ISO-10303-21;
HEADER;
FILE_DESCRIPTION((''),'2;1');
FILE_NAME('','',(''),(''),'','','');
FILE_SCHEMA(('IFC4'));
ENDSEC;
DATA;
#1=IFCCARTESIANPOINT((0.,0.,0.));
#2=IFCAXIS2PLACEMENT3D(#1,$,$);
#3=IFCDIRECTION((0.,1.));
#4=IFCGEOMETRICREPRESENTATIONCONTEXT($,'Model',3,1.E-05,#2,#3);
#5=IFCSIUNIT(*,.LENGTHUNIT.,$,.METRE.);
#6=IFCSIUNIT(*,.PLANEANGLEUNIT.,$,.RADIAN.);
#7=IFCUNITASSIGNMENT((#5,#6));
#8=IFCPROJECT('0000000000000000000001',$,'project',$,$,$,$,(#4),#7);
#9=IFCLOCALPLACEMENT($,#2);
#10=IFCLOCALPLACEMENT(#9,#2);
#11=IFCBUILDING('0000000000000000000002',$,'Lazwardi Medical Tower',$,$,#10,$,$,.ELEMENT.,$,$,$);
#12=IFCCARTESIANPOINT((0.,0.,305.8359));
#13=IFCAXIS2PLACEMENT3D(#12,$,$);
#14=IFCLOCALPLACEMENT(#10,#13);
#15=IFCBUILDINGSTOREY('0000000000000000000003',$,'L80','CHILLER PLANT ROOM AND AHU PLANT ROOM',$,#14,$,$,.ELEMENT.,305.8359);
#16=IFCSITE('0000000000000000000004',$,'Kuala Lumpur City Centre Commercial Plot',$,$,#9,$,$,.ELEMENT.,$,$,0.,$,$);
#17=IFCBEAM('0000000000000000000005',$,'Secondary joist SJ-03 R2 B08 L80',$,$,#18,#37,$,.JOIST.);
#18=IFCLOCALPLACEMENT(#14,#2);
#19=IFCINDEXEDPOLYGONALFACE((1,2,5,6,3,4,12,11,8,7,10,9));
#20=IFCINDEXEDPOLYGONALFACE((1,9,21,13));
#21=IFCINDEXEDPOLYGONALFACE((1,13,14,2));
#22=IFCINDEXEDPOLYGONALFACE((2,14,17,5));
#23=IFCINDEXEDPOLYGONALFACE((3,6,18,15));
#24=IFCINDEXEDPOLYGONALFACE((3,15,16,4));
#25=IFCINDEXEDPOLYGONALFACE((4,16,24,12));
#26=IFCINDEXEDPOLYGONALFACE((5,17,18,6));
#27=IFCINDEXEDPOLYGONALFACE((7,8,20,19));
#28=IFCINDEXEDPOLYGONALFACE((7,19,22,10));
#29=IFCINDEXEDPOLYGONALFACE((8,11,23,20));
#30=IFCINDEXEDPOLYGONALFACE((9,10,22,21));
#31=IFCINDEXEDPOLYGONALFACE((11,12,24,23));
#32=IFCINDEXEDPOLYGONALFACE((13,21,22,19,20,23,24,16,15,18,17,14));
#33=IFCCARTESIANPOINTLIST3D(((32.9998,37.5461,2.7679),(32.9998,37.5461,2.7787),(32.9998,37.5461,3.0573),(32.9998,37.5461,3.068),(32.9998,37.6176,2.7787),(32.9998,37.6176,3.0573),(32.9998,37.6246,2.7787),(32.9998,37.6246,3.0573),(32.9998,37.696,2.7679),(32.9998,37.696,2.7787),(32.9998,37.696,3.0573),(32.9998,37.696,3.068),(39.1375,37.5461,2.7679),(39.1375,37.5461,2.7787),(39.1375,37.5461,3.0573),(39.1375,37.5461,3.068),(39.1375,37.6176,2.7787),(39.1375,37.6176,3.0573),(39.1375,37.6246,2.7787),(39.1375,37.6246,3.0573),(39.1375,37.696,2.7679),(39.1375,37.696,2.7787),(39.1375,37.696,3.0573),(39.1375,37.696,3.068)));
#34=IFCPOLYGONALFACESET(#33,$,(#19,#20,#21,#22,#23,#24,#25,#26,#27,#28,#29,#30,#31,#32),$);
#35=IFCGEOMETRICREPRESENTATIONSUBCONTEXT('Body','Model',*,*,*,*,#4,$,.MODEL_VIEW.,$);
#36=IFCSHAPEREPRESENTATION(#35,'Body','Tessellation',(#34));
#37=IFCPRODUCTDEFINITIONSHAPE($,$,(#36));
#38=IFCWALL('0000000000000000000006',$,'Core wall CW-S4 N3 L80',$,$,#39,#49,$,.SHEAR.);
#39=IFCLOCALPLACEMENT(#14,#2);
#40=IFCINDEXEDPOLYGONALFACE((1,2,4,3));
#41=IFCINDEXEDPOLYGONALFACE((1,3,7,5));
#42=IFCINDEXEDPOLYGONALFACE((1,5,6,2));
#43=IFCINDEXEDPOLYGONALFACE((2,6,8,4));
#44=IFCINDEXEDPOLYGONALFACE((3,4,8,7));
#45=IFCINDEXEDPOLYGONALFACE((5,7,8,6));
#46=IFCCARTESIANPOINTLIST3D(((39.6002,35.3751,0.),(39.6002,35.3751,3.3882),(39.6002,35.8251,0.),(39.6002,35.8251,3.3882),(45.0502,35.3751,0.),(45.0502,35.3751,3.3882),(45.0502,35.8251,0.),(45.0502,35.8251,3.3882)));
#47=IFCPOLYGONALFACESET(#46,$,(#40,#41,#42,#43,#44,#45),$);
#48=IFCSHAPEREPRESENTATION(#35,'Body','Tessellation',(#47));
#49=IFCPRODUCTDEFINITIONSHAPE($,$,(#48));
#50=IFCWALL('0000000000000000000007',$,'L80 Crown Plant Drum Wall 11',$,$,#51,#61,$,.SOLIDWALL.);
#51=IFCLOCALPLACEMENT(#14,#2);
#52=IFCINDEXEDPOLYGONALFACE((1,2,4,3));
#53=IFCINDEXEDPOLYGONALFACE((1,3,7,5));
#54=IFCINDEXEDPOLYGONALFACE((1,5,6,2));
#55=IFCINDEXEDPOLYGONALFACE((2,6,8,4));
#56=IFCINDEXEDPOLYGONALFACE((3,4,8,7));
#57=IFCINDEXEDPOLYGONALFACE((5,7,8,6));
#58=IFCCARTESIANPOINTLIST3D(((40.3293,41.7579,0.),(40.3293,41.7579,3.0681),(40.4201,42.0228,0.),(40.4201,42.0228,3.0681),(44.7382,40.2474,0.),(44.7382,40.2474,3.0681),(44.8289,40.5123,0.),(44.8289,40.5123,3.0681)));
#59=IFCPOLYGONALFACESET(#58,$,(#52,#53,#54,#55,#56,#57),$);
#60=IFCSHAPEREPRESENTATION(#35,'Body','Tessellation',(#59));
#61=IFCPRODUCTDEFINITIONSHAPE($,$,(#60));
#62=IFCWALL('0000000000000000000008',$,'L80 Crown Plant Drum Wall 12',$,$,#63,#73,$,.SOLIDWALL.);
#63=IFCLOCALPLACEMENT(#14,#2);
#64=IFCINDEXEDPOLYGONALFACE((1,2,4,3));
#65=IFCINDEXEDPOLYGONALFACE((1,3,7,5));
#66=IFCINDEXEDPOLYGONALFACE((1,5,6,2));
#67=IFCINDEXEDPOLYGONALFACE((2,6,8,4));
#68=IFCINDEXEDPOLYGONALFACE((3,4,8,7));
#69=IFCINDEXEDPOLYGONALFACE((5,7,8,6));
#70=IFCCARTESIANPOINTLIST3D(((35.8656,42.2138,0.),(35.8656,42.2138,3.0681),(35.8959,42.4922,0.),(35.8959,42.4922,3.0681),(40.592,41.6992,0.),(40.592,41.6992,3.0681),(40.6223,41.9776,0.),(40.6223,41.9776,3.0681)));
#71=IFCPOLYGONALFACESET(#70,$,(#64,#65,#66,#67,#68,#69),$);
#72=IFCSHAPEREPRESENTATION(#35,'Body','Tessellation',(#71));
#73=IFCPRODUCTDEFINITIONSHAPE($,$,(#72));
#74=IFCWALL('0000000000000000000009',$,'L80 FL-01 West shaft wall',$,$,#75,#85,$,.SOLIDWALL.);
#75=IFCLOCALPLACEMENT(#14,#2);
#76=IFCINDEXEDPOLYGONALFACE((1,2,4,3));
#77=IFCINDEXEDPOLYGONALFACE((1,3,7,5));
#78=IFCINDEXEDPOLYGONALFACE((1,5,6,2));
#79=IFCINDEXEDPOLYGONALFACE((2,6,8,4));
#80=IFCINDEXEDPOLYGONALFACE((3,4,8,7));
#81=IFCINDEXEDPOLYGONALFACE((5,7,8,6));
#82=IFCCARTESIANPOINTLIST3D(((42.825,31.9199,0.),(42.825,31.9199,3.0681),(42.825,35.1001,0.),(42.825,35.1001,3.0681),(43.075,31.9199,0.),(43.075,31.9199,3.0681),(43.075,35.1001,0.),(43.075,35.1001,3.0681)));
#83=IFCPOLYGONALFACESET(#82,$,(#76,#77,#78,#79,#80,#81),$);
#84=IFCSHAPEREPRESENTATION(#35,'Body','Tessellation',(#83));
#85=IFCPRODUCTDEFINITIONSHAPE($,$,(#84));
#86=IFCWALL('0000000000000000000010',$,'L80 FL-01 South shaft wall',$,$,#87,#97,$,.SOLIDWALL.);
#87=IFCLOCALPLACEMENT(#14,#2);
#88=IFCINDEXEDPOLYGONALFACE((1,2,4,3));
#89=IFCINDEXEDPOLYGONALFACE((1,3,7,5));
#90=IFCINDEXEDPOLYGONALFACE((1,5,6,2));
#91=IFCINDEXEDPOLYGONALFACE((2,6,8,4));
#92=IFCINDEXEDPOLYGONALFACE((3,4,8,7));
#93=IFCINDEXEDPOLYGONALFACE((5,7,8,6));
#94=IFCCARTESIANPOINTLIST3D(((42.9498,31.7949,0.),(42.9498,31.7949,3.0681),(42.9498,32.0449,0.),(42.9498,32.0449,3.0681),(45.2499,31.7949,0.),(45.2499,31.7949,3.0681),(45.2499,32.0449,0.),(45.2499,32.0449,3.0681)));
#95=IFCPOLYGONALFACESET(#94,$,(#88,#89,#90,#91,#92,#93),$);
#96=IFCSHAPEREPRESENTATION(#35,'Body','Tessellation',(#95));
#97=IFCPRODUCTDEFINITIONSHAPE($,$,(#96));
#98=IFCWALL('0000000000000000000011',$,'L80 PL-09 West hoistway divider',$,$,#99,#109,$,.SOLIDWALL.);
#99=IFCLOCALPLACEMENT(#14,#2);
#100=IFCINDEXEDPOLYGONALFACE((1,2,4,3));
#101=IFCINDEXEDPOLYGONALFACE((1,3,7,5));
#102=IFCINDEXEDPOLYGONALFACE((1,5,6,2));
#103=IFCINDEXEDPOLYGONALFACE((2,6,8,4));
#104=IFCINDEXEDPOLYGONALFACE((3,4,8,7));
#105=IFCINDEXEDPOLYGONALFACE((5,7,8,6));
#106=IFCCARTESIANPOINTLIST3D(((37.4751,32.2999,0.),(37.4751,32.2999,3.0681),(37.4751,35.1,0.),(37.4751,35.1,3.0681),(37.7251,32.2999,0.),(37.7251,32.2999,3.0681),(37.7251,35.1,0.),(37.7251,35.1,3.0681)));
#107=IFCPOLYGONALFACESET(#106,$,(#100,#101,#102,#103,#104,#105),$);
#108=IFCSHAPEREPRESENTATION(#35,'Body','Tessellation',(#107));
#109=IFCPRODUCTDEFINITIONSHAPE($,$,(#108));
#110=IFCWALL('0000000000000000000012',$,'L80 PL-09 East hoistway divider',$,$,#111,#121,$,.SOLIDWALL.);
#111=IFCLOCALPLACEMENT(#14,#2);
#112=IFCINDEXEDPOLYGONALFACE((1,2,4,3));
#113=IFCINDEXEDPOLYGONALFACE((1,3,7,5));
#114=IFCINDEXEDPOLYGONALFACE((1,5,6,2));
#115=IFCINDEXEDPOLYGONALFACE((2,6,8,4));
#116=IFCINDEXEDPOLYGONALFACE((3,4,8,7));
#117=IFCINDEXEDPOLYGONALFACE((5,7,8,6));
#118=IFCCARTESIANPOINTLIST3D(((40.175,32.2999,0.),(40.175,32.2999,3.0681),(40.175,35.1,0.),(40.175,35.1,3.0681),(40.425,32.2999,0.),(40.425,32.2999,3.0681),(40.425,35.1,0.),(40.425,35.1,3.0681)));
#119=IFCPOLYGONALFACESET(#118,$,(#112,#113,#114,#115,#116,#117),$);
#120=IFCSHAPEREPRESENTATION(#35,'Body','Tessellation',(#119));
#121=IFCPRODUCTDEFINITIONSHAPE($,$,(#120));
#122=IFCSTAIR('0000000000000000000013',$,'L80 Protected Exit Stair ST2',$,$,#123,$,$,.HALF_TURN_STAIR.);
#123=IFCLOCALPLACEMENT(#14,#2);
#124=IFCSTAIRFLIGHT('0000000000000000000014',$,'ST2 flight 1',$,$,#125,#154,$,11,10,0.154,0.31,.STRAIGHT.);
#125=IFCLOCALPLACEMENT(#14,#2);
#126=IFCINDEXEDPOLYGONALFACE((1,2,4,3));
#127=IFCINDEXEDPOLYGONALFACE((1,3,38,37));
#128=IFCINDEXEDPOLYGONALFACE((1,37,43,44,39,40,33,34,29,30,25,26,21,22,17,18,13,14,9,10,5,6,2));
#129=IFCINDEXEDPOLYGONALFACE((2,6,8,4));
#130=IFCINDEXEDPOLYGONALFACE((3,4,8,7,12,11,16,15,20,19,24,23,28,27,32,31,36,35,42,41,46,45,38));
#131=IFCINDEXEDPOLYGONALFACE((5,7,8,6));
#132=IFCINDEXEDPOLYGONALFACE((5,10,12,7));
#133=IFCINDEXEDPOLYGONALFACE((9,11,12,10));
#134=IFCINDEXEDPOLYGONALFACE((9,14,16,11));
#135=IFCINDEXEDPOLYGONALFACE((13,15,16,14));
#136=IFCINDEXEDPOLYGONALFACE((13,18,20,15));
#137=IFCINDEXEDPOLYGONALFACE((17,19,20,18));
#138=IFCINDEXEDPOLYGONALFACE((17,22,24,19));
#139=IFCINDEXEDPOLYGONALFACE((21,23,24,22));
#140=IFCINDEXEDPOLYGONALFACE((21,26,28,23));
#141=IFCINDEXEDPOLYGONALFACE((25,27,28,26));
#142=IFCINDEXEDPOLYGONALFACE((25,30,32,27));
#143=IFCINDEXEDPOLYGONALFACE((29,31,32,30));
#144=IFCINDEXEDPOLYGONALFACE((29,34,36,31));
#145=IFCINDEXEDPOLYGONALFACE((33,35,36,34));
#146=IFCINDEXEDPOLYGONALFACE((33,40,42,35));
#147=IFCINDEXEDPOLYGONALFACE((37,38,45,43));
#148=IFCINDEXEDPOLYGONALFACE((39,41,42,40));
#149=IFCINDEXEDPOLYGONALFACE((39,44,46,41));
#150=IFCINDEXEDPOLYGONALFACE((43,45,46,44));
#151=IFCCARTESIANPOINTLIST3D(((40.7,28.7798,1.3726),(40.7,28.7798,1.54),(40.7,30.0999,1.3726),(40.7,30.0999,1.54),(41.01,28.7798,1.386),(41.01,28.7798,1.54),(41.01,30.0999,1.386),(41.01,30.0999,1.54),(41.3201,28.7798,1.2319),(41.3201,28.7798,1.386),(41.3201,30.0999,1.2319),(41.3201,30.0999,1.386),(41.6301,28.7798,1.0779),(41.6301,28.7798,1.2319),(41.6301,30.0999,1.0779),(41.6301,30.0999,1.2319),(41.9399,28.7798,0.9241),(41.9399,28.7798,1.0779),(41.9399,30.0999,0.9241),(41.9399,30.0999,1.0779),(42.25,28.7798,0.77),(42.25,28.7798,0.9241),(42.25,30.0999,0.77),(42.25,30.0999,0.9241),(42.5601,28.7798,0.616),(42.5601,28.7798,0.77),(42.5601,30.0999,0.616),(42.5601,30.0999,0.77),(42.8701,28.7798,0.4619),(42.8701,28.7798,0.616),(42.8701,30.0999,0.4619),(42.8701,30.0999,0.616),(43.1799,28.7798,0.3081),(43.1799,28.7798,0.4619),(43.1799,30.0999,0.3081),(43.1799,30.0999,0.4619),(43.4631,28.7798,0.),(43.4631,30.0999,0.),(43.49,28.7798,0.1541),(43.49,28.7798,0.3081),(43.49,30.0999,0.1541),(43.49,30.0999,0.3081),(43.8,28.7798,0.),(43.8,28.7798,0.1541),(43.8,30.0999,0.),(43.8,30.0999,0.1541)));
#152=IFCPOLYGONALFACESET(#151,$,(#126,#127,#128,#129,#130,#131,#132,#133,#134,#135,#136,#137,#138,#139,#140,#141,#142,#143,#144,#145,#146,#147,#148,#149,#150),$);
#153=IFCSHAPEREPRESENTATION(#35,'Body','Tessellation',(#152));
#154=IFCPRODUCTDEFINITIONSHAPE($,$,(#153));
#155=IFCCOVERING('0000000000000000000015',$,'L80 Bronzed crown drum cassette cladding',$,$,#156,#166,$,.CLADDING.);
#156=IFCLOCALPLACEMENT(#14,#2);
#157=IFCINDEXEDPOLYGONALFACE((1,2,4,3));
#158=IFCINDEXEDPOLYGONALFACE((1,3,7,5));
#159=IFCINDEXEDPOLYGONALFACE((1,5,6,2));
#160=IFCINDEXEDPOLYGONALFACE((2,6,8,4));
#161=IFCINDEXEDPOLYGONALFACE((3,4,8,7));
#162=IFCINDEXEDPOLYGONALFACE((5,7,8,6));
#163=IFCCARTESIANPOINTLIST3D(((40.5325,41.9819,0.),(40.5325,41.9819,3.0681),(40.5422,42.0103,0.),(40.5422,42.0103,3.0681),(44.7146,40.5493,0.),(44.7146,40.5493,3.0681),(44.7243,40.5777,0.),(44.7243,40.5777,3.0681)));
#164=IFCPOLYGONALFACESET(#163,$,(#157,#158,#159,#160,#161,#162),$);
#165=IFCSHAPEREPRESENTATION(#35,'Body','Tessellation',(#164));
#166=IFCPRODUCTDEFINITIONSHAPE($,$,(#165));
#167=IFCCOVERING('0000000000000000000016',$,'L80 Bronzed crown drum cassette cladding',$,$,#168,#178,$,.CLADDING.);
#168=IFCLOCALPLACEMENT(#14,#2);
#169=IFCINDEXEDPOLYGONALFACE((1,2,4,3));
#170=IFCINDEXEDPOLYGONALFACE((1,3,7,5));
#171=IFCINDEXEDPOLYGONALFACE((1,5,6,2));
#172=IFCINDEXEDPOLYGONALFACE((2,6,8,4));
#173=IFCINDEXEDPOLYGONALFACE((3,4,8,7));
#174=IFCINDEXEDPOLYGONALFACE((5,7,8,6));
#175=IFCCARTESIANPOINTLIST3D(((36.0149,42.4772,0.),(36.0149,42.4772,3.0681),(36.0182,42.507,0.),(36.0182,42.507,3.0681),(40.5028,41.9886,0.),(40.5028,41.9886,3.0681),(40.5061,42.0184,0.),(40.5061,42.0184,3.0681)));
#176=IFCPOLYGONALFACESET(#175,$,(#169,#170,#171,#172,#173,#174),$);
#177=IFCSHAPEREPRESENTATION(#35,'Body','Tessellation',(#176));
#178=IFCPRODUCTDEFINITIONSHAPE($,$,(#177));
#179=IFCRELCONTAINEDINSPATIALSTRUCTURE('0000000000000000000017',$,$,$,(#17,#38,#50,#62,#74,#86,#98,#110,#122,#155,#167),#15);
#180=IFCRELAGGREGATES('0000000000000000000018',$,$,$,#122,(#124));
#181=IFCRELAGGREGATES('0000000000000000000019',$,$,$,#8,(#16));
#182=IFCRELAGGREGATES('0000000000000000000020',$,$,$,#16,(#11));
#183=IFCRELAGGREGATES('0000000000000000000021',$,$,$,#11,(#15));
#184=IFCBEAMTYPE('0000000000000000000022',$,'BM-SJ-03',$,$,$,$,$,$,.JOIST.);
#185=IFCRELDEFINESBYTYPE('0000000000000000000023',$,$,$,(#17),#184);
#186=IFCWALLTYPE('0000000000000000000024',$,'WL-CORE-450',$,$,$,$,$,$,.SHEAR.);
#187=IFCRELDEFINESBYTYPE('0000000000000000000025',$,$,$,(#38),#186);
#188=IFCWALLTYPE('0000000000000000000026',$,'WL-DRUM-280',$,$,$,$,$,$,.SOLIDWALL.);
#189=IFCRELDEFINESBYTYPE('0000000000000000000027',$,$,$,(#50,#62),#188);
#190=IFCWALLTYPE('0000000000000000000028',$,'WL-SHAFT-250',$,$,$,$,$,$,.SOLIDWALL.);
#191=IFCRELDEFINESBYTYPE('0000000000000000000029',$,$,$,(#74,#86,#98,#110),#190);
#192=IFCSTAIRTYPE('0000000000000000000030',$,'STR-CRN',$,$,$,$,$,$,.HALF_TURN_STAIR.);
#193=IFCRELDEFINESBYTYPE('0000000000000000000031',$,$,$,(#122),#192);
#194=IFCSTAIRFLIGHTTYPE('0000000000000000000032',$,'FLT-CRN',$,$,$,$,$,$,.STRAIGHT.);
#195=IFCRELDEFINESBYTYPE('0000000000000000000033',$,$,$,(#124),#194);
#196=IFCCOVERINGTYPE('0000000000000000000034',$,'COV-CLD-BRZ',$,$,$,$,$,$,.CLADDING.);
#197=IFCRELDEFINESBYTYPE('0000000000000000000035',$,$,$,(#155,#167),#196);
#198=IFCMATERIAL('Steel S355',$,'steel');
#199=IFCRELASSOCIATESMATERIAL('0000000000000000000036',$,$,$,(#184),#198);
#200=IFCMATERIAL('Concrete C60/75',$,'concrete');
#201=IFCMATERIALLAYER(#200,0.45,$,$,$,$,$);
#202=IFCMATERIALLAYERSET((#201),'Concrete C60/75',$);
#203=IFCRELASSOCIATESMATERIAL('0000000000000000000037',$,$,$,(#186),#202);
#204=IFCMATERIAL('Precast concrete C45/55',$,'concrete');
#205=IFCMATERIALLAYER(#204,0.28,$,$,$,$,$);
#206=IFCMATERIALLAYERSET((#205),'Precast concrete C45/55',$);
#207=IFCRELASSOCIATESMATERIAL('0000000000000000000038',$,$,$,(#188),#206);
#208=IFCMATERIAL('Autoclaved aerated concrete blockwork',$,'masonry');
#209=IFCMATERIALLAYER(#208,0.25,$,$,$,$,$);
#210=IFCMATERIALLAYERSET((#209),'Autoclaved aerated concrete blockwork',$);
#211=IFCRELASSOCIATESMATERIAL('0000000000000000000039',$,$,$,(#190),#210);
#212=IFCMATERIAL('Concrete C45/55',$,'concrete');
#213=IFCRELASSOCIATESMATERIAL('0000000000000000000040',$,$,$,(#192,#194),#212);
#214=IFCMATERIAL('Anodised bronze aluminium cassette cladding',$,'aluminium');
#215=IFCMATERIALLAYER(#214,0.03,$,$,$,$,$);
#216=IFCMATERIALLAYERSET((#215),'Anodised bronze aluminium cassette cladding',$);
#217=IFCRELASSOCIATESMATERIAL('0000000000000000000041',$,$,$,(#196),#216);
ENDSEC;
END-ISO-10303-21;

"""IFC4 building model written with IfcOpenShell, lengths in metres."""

from ifc_helpers import new_model, si_unit, direction, frame, frame_2d, origin, origin_2d, place, context, subcontext, project, spatial, polyline, rectangle, i_section, outline, extrude, material, layer, layer_set, material_profile, profile_set, type_object, element, aggregate, save


model = new_model("IFC4")

# Units and contexts
model_context = context("Model", 3, precision=1e-05, world=origin(), true_north=direction((0.0, 1.0)))
body_context = subcontext(model_context, "Body", "Model", "MODEL_VIEW")
ifc_project = project(units=[si_unit("LENGTHUNIT", "METRE"), si_unit("PLANEANGLEUNIT", "RADIAN")], contexts=[model_context])

# Site, building, storey
site_placement = place(None, origin())
site = spatial("IfcSite", under=ifc_project, at=site_placement, Name="Kuala Lumpur City Centre Commercial Plot", CompositionType="ELEMENT", RefElevation=0.0)
building_placement = place(site_placement, origin())
building = spatial("IfcBuilding", under=site, at=building_placement, Name="Lazwardi Medical Tower", CompositionType="ELEMENT")
storey_placement = place(building_placement, frame((0.0, 0.0, 305.8359)))
storey = spatial("IfcBuildingStorey", under=building, at=storey_placement, Name="L80", Description="CHILLER PLANT ROOM AND AHU PLANT ROOM", CompositionType="ELEMENT", Elevation=305.8359)

# Shared definitions
ifc_material_1 = material(Name="Concrete C60/75", Category="concrete")

# Beam
ifc_material_2 = material(Name="Steel S355", Category="steel")
ifc_material_profile_1 = material_profile(ifc_material_2, i_section(OverallWidth=0.1499, OverallDepth=0.3, WebThickness=0.0071, FlangeThickness=0.0107, at=origin_2d()), Name="IPE 300")
ifc_profile_set_1 = profile_set([ifc_material_profile_1], Name="Steel S355")
beam_type_1 = type_object("IfcBeamType", Name="BM-SJ-03", PredefinedType="JOIST", material=ifc_profile_set_1)
beam_1_placement = place(storey_placement, frame((39.1375, 37.6211, 2.918), z_axis=(-1.0, 0.0, 0.0), x_axis=(0.0, -1.0, 0.0)))
element("IfcBeam", 1, at=beam_1_placement, inside=storey, type_object=beam_type_1, Name="Secondary joist SJ-03 R2 B08 L80", PredefinedType="JOIST", context=body_context, shape_type="SweptSolid", body=[
    extrude(i_section(OverallWidth=0.1499, OverallDepth=0.3, WebThickness=0.0071, FlangeThickness=0.0107, at=origin_2d()), origin(), (0.0, 0.0, 1.0), 6.1377),
])

# Walls
ifc_layer_1 = layer(ifc_material_1, 0.45)
ifc_layer_set_1 = layer_set([ifc_layer_1], Name="Concrete C60/75")
wall_type_1 = type_object("IfcWallType", Name="WL-CORE-450", PredefinedType="SHEAR", material=ifc_layer_set_1)
wall_1_placement = place(storey_placement, frame((39.6001, 35.6001, 0.0), z_axis=(0.0, 0.0, 1.0), x_axis=(1.0, 0.0, 0.0)))
element("IfcWall", 2, at=wall_1_placement, inside=storey, type_object=wall_type_1, Name="Core wall CW-S4 N3 L80", PredefinedType="SHEAR", context=body_context, shape_type="SweptSolid", body=[
    extrude(rectangle(XDim=5.45, YDim=0.45, at=frame_2d((2.7251, 0.0))), origin(), (0.0, 0.0, 1.0), 3.3882),
])
ifc_material_3 = material(Name="Precast concrete C45/55", Category="concrete")
ifc_layer_2 = layer(ifc_material_3, 0.28)
ifc_layer_set_2 = layer_set([ifc_layer_2], Name="Precast concrete C45/55")
wall_type_2 = type_object("IfcWallType", Name="WL-DRUM-280", PredefinedType="SOLIDWALL", material=ifc_layer_set_2)
wall_2_placement = place(storey_placement, frame((44.7834, 40.3799, 0.0), z_axis=(0.0, 0.0, 1.0), x_axis=(-0.946021, 0.324106, 0.0)))
element("IfcWall", 3, at=wall_2_placement, inside=storey, type_object=wall_type_2, Name="L80 Crown Plant Drum Wall 11", PredefinedType="SOLIDWALL", context=body_context, shape_type="SweptSolid", body=[
    extrude(rectangle(XDim=4.6604, YDim=0.28, at=frame_2d((2.3301, 0.0))), origin(), (0.0, 0.0, 1.0), 3.0681),
])
wall_3_placement = place(storey_placement, frame((40.6072, 41.8384, 0.0), z_axis=(0.0, 0.0, 1.0), x_axis=(-0.994124, 0.108245, 0.0)))
element("IfcWall", 4, at=wall_3_placement, inside=storey, type_object=wall_type_2, Name="L80 Crown Plant Drum Wall 12", PredefinedType="SOLIDWALL", context=body_context, shape_type="SweptSolid", body=[
    extrude(rectangle(XDim=4.7544, YDim=0.28, at=frame_2d((2.3772, 0.0))), origin(), (0.0, 0.0, 1.0), 3.0681),
])
ifc_material_4 = material(Name="Autoclaved aerated concrete blockwork", Category="masonry")
ifc_layer_3 = layer(ifc_material_4, 0.25)
ifc_layer_set_3 = layer_set([ifc_layer_3], Name="Autoclaved aerated concrete blockwork")
wall_type_3 = type_object("IfcWallType", Name="WL-SHAFT-250", PredefinedType="SOLIDWALL", material=ifc_layer_set_3)
wall_4_placement = place(storey_placement, frame((42.95, 31.9199, 0.0), z_axis=(0.0, 0.0, 1.0), x_axis=(0.0, 1.0, 0.0)))
element("IfcWall", 5, at=wall_4_placement, inside=storey, type_object=wall_type_3, Name="L80 FL-01 West shaft wall", PredefinedType="SOLIDWALL", context=body_context, shape_type="SweptSolid", body=[
    extrude(rectangle(XDim=3.1802, YDim=0.25, at=frame_2d((1.5901, 0.0))), origin(), (0.0, 0.0, 1.0), 3.0681),
])
wall_5_placement = place(storey_placement, frame((42.95, 31.9199, 0.0), z_axis=(0.0, 0.0, 1.0), x_axis=(1.0, 0.0, 0.0)))
element("IfcWall", 6, at=wall_5_placement, inside=storey, type_object=wall_type_3, Name="L80 FL-01 South shaft wall", PredefinedType="SOLIDWALL", context=body_context, shape_type="SweptSolid", body=[
    extrude(rectangle(XDim=2.3, YDim=0.25, at=frame_2d((1.1499, 0.0))), origin(), (0.0, 0.0, 1.0), 3.0681),
])
for number, where, z_axis, x_axis, name in (
    (7, (37.6001, 32.3, 0.0), (0.0, 0.0, 1.0), (0.0, 1.0, 0.0), "L80 PL-09 West hoistway divider"),
    (8, (40.3, 32.3, 0.0), (0.0, 0.0, 1.0), (0.0, 1.0, 0.0), "L80 PL-09 East hoistway divider"),
):
    element("IfcWall", number, at=place(storey_placement, frame(where, z_axis=z_axis, x_axis=x_axis)), inside=storey, type_object=wall_type_3, Name=name, PredefinedType="SOLIDWALL", context=body_context, shape_type="SweptSolid", body=[
        extrude(rectangle(XDim=2.8, YDim=0.25, at=frame_2d((1.3999, 0.0))), origin(), (0.0, 0.0, 1.0), 3.0681),
    ])

# Stair, stair flight
ifc_material_5 = material(Name="Concrete C45/55", Category="concrete")
stair_type = type_object("IfcStairType", Name="STR-CRN", PredefinedType="HALF_TURN_STAIR", material=ifc_material_5)
stair_placement = place(storey_placement, origin())
stair = element("IfcStair", 9, at=stair_placement, inside=storey, type_object=stair_type, Name="L80 Protected Exit Stair ST2", PredefinedType="HALF_TURN_STAIR")
stair_flight_type = type_object("IfcStairFlightType", Name="FLT-CRN", PredefinedType="STRAIGHT", material=ifc_material_5)
stair_flight_placement = place(storey_placement, frame((43.8, 29.4399, 0.0), z_axis=(0.0, 0.0, 1.0), x_axis=(-1.0, 0.0, 0.0)))
stair_flight = element("IfcStairFlight", 10, at=stair_flight_placement, type_object=stair_flight_type, Name="ST2 flight 1", NumberOfRisers=11, NumberOfTreads=10, PredefinedType="STRAIGHT", RiserHeight=0.154, TreadLength=0.31, context=body_context, shape_type="SweptSolid", body=[
    extrude(outline(polyline([(0.0, 0.0), (0.0, 0.1541), (0.3101, 0.1541), (0.3101, 0.3081), (0.6201, 0.3081), (0.6201, 0.4619), (0.9299, 0.4619), (0.9299, 0.616), (1.24, 0.616), (1.24, 0.77), (1.55, 0.77), (1.55, 0.9241), (1.8601, 0.9241), (1.8601, 1.0779), (2.1699, 1.0779), (2.1699, 1.2319), (2.48, 1.2319), (2.48, 1.386), (2.79, 1.386), (2.79, 1.54), (3.1001, 1.54), (3.1001, 1.6941), (3.1001, 1.3726), (0.3369, 0.0), (0.0, 0.0)])), frame((0.0, 0.6602, 0.0), z_axis=(0.0, -1.0, 0.0), x_axis=(1.0, 0.0, 0.0)), (0.0, 0.0, 1.0), 1.3201),
])
aggregate(stair, [stair_flight])

# Coverings
ifc_material_6 = material(Name="Anodised bronze aluminium cassette cladding", Category="aluminium")
ifc_layer_4 = layer(ifc_material_6, 0.03)
ifc_layer_set_4 = layer_set([ifc_layer_4], Name="Anodised bronze aluminium cassette cladding")
covering_type = type_object("IfcCoveringType", Name="COV-CLD-BRZ", PredefinedType="CLADDING", material=ifc_layer_set_4)
covering_1_placement = place(storey_placement, frame((42.6284, 41.2798, 0.0), z_axis=(0.0, 0.0, 1.0), x_axis=(-0.946033, 0.324069, 0.0)))
element("IfcCovering", 11, at=covering_1_placement, inside=storey, type_object=covering_type, Name="L80 Bronzed crown drum cassette cladding", PredefinedType="CLADDING", context=body_context, shape_type="SweptSolid", body=[
    extrude(rectangle(XDim=4.4207, YDim=0.03, at=origin_2d()), origin(), (0.0, 0.0, 1.0), 3.0681),
])
covering_2_placement = place(storey_placement, frame((38.2605, 42.2478, 0.0), z_axis=(0.0, 0.0, 1.0), x_axis=(-0.994126, 0.10823, 0.0)))
element("IfcCovering", 12, at=covering_2_placement, inside=storey, type_object=covering_type, Name="L80 Bronzed crown drum cassette cladding", PredefinedType="CLADDING", context=body_context, shape_type="SweptSolid", body=[
    extrude(rectangle(XDim=4.5144, YDim=0.03, at=origin_2d()), origin(), (0.0, 0.0, 1.0), 3.0681),
])

save(model, "model.ifc")
